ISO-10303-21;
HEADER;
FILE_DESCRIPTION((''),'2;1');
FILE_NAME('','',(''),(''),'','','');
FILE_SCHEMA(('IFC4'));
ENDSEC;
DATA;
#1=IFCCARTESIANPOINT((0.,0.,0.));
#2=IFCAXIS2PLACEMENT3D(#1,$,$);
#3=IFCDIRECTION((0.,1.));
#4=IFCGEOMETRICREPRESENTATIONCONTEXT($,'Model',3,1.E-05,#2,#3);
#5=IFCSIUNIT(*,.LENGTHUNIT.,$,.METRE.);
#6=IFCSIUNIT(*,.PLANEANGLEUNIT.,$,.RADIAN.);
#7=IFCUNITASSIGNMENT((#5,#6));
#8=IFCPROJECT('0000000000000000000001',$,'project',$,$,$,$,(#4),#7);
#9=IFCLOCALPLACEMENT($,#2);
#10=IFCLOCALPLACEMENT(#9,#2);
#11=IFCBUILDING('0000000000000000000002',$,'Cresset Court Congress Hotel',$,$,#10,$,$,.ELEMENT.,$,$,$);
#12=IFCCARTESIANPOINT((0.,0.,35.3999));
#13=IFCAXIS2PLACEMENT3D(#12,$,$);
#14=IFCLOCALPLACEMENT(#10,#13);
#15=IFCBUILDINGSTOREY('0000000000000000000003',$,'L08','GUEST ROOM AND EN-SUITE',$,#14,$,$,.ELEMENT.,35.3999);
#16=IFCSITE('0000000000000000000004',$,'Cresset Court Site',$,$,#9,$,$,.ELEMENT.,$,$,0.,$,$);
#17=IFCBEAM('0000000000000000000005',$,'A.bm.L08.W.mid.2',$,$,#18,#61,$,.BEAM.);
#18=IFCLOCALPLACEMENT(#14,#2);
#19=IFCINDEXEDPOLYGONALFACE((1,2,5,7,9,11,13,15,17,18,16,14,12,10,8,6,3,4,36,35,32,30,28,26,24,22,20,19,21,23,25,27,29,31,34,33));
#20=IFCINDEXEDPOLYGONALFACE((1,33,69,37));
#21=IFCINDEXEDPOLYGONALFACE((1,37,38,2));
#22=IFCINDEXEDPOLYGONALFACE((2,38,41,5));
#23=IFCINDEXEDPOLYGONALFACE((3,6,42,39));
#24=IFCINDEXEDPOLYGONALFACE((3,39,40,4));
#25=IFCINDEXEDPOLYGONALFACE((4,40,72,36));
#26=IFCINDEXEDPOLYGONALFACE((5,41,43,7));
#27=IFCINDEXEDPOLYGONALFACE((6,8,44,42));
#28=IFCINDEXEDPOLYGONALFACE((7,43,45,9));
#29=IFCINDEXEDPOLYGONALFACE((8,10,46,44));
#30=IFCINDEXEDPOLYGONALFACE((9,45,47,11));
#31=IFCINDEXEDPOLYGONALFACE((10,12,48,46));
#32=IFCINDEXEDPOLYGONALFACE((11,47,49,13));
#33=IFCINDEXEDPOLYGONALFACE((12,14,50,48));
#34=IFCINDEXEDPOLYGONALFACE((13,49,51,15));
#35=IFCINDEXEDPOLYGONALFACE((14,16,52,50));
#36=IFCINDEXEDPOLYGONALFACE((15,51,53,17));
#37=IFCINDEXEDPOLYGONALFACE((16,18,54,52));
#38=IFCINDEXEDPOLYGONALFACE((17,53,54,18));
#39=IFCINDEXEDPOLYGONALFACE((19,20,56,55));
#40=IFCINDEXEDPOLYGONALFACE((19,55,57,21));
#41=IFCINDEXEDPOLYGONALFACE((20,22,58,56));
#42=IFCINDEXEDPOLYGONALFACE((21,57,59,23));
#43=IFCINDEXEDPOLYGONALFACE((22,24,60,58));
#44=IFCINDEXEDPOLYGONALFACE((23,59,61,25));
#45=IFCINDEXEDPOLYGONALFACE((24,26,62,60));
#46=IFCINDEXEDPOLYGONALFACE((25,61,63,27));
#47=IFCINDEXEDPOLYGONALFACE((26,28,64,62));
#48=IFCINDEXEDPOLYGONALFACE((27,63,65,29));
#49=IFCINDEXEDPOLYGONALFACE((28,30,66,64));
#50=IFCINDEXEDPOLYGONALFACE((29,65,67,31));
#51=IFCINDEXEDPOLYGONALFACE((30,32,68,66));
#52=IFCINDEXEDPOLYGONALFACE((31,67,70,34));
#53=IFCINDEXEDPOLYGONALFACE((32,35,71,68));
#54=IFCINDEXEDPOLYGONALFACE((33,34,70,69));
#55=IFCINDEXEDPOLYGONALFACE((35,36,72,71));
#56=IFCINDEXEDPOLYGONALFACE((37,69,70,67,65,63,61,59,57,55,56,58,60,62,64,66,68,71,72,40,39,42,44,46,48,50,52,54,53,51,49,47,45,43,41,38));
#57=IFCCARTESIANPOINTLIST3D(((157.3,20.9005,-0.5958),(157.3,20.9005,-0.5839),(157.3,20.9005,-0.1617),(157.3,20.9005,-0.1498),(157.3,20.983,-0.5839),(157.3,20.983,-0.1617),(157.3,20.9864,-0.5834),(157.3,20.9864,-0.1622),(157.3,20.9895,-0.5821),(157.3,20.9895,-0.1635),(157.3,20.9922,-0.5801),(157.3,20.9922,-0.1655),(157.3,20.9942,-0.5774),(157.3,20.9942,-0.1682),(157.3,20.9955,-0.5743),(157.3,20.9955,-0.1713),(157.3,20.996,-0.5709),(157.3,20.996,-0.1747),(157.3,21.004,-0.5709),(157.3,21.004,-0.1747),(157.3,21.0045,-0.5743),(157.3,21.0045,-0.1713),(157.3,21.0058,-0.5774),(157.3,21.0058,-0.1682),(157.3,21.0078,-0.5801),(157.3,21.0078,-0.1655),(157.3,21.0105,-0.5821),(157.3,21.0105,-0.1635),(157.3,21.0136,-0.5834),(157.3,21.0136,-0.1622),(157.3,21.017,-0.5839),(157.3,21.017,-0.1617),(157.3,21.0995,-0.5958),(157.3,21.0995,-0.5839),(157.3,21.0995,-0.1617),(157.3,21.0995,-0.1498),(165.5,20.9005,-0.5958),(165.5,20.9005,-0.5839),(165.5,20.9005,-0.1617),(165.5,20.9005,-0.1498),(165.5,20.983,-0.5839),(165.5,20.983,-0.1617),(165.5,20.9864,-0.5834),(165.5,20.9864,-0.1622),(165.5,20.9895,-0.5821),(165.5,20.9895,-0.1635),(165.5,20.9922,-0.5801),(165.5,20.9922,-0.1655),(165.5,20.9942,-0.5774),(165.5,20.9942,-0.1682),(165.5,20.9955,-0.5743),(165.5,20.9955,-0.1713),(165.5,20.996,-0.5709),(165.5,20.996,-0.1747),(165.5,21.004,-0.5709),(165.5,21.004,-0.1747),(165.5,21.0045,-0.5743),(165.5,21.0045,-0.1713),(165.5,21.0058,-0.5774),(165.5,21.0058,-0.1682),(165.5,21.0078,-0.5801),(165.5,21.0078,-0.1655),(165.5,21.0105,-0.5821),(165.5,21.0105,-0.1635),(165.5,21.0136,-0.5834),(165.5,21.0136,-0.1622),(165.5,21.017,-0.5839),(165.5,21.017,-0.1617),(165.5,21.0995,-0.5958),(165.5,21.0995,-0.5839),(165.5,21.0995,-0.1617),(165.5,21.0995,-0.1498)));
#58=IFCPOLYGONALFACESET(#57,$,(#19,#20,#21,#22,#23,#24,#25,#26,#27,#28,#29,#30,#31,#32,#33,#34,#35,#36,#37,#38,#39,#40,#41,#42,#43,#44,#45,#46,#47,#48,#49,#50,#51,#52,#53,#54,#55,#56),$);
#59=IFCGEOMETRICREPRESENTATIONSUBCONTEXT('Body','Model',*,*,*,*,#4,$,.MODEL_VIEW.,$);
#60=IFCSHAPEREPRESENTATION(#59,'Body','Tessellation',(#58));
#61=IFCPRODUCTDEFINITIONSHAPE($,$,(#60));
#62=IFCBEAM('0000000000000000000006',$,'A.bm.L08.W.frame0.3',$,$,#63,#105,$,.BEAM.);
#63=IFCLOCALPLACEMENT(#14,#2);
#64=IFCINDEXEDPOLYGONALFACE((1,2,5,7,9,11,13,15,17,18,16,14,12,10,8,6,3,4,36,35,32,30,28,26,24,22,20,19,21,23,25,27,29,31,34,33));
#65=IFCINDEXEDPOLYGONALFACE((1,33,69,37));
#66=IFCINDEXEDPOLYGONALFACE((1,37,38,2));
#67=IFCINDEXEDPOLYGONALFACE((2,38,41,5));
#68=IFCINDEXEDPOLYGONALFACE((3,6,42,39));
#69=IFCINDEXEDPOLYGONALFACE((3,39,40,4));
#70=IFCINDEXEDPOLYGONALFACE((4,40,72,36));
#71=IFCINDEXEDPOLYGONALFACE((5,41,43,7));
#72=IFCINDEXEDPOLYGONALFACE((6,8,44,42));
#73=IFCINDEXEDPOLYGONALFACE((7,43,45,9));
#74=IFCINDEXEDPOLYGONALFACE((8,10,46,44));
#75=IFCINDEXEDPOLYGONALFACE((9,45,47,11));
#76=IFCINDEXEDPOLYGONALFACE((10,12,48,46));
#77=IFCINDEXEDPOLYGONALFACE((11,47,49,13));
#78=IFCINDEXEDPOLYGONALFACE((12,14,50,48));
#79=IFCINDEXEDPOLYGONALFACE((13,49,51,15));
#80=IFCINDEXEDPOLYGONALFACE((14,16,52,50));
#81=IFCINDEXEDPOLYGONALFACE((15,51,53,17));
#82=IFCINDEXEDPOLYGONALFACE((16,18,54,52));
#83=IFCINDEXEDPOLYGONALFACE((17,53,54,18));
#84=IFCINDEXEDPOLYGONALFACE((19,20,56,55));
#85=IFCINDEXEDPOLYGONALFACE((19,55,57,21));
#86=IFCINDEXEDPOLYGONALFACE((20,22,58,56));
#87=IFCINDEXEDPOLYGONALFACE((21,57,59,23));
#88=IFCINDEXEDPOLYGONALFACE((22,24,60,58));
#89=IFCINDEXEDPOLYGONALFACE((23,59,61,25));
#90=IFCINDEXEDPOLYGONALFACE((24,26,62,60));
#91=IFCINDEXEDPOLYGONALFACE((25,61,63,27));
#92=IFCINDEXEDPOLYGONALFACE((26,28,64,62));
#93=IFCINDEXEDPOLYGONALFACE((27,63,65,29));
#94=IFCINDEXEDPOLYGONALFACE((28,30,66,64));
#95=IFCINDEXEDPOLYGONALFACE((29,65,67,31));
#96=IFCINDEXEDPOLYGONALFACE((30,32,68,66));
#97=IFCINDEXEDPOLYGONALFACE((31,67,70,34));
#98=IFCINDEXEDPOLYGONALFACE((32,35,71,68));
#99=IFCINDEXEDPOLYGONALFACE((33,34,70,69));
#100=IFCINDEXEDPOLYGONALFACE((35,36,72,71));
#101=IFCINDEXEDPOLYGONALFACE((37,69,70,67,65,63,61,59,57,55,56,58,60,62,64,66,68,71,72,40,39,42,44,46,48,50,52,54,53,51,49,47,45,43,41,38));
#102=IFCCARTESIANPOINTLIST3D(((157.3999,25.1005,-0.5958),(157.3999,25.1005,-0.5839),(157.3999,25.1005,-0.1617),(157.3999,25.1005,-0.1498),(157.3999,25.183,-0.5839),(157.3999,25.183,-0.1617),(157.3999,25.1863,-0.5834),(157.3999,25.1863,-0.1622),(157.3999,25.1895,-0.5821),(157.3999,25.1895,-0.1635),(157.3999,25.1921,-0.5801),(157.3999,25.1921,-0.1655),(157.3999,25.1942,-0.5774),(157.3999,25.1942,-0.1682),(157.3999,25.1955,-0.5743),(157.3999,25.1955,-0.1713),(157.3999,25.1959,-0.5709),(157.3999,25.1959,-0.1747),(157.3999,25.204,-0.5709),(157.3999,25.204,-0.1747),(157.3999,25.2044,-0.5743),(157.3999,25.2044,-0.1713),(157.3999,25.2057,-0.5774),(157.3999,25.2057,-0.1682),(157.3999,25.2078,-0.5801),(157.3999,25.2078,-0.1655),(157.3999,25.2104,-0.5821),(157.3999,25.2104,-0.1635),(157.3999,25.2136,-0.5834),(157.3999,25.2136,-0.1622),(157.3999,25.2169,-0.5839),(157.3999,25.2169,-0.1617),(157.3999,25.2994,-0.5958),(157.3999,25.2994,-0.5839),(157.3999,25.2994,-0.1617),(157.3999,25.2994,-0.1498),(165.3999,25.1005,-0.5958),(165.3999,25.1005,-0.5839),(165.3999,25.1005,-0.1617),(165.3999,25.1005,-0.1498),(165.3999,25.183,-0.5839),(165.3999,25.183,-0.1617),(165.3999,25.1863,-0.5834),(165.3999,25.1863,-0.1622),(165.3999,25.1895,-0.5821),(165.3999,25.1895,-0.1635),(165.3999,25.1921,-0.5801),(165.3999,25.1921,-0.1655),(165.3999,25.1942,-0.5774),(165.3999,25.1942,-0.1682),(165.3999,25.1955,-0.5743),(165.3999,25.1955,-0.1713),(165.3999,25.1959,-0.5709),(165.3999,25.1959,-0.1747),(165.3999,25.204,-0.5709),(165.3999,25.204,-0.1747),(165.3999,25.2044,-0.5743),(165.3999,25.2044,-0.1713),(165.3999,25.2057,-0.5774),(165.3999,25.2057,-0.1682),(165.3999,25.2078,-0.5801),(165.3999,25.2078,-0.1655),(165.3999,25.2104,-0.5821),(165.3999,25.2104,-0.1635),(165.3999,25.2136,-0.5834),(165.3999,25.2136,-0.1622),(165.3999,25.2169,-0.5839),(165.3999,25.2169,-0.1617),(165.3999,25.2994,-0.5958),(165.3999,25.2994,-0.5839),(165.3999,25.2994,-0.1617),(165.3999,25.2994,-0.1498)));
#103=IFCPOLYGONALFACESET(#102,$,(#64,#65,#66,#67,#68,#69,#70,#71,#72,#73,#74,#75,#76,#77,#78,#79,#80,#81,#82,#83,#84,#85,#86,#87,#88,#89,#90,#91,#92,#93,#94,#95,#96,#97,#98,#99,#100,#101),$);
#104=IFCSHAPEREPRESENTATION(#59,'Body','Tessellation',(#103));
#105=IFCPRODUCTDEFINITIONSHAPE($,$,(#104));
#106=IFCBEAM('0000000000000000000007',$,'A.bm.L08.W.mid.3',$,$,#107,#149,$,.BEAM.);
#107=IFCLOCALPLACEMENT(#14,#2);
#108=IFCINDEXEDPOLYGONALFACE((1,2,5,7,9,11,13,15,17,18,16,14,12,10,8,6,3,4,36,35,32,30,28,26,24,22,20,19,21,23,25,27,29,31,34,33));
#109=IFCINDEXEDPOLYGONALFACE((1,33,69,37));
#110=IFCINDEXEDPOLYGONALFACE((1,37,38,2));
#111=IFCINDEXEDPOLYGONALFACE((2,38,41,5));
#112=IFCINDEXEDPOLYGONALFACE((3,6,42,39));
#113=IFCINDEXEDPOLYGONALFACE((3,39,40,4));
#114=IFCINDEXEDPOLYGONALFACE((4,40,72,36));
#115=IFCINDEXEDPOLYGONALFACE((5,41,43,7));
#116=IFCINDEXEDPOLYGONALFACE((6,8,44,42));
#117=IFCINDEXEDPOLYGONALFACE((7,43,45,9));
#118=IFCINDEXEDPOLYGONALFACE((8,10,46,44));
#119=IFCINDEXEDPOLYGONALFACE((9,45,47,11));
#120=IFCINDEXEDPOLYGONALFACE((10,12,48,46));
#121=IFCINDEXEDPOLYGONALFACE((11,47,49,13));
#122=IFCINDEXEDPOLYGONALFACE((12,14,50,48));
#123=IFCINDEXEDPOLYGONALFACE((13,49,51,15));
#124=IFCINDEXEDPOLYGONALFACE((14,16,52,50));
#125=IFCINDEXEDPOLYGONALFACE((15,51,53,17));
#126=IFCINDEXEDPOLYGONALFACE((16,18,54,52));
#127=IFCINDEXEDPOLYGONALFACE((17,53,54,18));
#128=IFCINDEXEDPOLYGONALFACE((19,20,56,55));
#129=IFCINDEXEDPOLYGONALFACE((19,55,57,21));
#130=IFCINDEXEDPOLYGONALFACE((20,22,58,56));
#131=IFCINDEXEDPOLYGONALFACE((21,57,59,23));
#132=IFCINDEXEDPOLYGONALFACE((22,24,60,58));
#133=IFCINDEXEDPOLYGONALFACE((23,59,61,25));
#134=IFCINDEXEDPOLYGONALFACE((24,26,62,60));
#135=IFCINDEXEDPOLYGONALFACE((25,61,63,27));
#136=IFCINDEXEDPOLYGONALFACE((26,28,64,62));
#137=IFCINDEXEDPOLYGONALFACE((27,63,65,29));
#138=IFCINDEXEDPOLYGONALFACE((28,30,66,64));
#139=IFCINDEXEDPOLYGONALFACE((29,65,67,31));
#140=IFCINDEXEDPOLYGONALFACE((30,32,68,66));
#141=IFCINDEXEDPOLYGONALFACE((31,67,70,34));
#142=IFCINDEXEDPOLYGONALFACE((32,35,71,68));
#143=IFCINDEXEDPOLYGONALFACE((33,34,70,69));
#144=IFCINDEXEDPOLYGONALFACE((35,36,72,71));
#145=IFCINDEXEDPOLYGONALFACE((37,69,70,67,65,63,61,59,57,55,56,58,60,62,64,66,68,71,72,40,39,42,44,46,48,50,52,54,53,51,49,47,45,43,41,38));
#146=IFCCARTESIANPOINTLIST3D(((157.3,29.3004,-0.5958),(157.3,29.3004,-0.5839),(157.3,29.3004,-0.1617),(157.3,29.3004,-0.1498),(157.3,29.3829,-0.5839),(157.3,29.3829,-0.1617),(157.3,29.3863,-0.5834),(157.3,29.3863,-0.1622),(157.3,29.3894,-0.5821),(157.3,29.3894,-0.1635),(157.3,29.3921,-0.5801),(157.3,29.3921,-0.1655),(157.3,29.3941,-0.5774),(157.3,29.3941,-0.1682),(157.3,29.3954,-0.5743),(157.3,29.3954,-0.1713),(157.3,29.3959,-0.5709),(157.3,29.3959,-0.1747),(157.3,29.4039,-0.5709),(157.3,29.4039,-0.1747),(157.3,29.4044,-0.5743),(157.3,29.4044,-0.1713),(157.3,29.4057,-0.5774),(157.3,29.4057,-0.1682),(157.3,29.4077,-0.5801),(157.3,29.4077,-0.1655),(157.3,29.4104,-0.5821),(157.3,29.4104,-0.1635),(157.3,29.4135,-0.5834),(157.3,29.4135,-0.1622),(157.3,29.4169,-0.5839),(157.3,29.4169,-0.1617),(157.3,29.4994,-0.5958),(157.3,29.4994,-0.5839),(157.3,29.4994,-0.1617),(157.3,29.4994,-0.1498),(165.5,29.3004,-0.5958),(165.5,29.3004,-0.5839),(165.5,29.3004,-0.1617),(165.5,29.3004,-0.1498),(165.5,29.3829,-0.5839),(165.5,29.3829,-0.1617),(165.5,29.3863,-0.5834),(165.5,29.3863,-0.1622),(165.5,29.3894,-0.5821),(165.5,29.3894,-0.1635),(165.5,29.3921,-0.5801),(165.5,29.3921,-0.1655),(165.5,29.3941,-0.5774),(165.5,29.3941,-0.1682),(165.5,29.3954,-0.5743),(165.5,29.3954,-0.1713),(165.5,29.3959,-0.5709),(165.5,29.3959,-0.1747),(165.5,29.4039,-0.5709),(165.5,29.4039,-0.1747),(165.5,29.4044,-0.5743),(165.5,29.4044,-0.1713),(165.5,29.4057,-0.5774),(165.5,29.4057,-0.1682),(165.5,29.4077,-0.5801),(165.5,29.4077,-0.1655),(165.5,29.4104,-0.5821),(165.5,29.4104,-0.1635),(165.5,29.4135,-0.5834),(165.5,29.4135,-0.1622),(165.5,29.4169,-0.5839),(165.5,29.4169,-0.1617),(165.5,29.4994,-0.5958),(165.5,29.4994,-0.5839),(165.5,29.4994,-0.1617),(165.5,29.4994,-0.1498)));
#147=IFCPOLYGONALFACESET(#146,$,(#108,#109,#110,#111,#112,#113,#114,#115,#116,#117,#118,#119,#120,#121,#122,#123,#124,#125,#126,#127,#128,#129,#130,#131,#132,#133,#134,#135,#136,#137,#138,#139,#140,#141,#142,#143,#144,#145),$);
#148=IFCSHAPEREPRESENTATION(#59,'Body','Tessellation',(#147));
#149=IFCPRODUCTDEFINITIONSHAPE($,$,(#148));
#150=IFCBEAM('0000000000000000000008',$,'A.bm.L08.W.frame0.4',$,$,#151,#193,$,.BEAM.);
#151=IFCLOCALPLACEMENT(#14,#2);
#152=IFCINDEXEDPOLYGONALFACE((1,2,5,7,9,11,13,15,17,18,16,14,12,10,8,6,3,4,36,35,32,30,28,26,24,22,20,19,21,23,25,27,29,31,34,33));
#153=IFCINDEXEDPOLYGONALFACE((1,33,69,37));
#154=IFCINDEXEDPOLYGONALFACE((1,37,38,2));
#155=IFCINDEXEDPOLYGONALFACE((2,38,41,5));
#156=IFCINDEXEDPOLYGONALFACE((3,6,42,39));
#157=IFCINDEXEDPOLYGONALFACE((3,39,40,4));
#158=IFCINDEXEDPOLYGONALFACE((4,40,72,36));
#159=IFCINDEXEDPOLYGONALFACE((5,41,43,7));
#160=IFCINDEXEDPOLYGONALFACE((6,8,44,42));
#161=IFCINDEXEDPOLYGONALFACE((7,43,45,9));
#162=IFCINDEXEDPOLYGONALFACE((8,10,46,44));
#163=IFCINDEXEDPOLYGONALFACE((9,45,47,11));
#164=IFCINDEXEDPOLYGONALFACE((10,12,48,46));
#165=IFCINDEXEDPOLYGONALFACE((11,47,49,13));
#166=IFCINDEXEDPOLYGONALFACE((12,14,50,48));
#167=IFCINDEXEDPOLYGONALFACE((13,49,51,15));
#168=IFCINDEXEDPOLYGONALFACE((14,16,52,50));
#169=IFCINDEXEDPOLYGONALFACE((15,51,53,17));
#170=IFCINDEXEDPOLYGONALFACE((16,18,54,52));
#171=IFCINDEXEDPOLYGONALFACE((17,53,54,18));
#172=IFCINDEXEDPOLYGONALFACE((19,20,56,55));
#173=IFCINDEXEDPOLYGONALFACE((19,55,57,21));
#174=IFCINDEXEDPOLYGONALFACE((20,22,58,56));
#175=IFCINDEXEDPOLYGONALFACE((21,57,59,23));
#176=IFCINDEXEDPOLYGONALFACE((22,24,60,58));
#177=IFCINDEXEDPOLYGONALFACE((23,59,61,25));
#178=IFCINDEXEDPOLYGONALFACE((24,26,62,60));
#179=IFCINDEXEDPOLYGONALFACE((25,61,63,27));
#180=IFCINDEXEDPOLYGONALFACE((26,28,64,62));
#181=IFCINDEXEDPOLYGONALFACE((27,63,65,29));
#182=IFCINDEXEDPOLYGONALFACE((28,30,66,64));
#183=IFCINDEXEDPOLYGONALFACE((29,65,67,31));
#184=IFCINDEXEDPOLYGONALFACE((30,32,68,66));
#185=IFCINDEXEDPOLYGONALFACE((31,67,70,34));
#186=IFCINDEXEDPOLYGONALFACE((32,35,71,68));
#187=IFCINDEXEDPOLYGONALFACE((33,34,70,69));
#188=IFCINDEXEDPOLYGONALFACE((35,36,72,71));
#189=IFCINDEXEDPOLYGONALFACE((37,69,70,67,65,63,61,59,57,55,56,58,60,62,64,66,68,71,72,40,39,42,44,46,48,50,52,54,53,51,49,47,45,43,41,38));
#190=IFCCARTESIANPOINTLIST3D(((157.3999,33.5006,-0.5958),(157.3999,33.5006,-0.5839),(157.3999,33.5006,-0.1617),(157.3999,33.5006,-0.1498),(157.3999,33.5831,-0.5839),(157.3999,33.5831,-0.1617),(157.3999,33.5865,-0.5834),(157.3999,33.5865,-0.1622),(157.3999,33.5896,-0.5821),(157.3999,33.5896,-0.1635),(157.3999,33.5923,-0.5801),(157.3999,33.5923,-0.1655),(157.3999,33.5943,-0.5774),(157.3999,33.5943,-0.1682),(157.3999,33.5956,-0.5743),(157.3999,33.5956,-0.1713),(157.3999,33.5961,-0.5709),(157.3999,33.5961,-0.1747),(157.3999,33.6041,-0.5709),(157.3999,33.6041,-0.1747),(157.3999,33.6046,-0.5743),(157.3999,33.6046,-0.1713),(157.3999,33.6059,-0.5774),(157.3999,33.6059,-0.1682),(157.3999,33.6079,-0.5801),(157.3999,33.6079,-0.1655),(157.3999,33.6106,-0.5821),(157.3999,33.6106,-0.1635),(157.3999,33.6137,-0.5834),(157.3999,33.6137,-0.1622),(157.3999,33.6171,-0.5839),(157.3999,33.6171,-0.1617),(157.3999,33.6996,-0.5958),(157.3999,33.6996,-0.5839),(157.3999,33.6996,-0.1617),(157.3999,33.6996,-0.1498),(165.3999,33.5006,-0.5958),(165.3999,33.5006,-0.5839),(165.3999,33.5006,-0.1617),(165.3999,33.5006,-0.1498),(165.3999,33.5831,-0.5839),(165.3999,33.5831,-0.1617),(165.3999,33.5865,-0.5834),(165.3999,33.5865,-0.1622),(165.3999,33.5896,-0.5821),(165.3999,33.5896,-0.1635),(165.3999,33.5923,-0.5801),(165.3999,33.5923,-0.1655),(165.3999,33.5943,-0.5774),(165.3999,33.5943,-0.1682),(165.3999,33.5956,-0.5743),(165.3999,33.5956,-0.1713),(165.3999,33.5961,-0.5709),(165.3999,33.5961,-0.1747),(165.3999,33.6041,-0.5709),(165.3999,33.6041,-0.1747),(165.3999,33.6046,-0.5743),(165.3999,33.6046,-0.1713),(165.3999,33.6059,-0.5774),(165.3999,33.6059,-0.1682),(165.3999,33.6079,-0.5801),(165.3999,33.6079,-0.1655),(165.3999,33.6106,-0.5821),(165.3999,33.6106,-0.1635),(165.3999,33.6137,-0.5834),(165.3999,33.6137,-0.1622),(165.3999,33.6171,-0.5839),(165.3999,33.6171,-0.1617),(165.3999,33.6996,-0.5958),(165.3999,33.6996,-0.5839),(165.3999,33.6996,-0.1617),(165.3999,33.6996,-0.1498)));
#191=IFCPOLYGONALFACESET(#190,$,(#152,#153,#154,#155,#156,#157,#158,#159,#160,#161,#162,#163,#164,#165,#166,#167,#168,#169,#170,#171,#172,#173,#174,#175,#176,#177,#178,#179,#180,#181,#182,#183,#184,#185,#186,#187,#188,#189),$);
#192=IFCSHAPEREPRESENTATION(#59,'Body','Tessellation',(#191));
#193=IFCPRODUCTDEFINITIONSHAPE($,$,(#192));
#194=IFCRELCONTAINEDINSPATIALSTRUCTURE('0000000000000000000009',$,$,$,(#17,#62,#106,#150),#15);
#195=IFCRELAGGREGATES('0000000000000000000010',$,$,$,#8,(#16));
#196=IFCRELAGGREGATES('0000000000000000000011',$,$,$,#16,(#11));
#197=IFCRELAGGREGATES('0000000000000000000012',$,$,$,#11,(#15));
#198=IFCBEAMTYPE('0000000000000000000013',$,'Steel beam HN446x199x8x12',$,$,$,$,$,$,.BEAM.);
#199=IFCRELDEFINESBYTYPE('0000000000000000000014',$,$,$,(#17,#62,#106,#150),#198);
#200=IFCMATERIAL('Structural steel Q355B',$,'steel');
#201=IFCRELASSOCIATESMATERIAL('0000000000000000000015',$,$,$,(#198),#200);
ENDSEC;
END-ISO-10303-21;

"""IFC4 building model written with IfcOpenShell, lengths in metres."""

from ifc_helpers import new_model, si_unit, direction, frame, origin, origin_2d, place, context, subcontext, project, spatial, i_section, extrude, material, material_profile, profile_set, type_object, element, save


model = new_model("IFC4")

# Units and contexts
model_context = context("Model", 3, precision=1e-05, world=origin(), true_north=direction((0.0, 1.0)))
body_context = subcontext(model_context, "Body", "Model", "MODEL_VIEW")
ifc_project = project(units=[si_unit("LENGTHUNIT", "METRE"), si_unit("PLANEANGLEUNIT", "RADIAN")], contexts=[model_context])

# Site, building, storey
site_placement = place(None, origin())
site = spatial("IfcSite", under=ifc_project, at=site_placement, Name="Cresset Court Site", CompositionType="ELEMENT", RefElevation=0.0)
building_placement = place(site_placement, origin())
building = spatial("IfcBuilding", under=site, at=building_placement, Name="Cresset Court Congress Hotel", CompositionType="ELEMENT")
storey_placement = place(building_placement, frame((0.0, 0.0, 35.3999)))
storey = spatial("IfcBuildingStorey", under=building, at=storey_placement, Name="L08", Description="GUEST ROOM AND EN-SUITE", CompositionType="ELEMENT", Elevation=35.3999)

# Beams
ifc_material_1 = material(Name="Structural steel Q355B", Category="steel")
ifc_material_profile_1 = material_profile(ifc_material_1, i_section(OverallWidth=0.199, OverallDepth=0.446, WebThickness=0.0081, FlangeThickness=0.012, FilletRadius=0.0129, at=origin_2d()), Name="HN446x199x8x12")
ifc_profile_set_1 = profile_set([ifc_material_profile_1], Name="Structural steel Q355B")
beam_type_1 = type_object("IfcBeamType", Name="Steel beam HN446x199x8x12", PredefinedType="BEAM", material=ifc_profile_set_1)
beam_1_placement = place(storey_placement, frame((157.3, 21.0, -0.3728), z_axis=(1.0, 0.0, 0.0), x_axis=(0.0, 1.0, 0.0)))
element("IfcBeam", 1, at=beam_1_placement, inside=storey, type_object=beam_type_1, Name="A.bm.L08.W.mid.2", PredefinedType="BEAM", context=body_context, shape_type="SweptSolid", body=[
    extrude(i_section(OverallWidth=0.199, OverallDepth=0.446, WebThickness=0.0081, FlangeThickness=0.012, FilletRadius=0.0129, at=origin_2d()), origin(), (0.0, 0.0, 1.0), 8.2),
])
beam_2_placement = place(storey_placement, frame((157.3999, 25.2, -0.3728), z_axis=(1.0, 0.0, 0.0), x_axis=(0.0, 1.0, 0.0)))
element("IfcBeam", 2, at=beam_2_placement, inside=storey, type_object=beam_type_1, Name="A.bm.L08.W.frame0.3", PredefinedType="BEAM", context=body_context, shape_type="SweptSolid", body=[
    extrude(i_section(OverallWidth=0.199, OverallDepth=0.446, WebThickness=0.0081, FlangeThickness=0.012, FilletRadius=0.0129, at=origin_2d()), origin(), (0.0, 0.0, 1.0), 8.0),
])
beam_3_placement = place(storey_placement, frame((157.3, 29.3999, -0.3728), z_axis=(1.0, 0.0, 0.0), x_axis=(0.0, 1.0, 0.0)))
element("IfcBeam", 3, at=beam_3_placement, inside=storey, type_object=beam_type_1, Name="A.bm.L08.W.mid.3", PredefinedType="BEAM", context=body_context, shape_type="SweptSolid", body=[
    extrude(i_section(OverallWidth=0.199, OverallDepth=0.446, WebThickness=0.0081, FlangeThickness=0.012, FilletRadius=0.0129, at=origin_2d()), origin(), (0.0, 0.0, 1.0), 8.2),
])
beam_4_placement = place(storey_placement, frame((157.3999, 33.6001, -0.3728), z_axis=(1.0, 0.0, 0.0), x_axis=(0.0, 1.0, 0.0)))
element("IfcBeam", 4, at=beam_4_placement, inside=storey, type_object=beam_type_1, Name="A.bm.L08.W.frame0.4", PredefinedType="BEAM", context=body_context, shape_type="SweptSolid", body=[
    extrude(i_section(OverallWidth=0.199, OverallDepth=0.446, WebThickness=0.0081, FlangeThickness=0.012, FilletRadius=0.0129, at=origin_2d()), origin(), (0.0, 0.0, 1.0), 8.0),
])

save(model, "model.ifc")
